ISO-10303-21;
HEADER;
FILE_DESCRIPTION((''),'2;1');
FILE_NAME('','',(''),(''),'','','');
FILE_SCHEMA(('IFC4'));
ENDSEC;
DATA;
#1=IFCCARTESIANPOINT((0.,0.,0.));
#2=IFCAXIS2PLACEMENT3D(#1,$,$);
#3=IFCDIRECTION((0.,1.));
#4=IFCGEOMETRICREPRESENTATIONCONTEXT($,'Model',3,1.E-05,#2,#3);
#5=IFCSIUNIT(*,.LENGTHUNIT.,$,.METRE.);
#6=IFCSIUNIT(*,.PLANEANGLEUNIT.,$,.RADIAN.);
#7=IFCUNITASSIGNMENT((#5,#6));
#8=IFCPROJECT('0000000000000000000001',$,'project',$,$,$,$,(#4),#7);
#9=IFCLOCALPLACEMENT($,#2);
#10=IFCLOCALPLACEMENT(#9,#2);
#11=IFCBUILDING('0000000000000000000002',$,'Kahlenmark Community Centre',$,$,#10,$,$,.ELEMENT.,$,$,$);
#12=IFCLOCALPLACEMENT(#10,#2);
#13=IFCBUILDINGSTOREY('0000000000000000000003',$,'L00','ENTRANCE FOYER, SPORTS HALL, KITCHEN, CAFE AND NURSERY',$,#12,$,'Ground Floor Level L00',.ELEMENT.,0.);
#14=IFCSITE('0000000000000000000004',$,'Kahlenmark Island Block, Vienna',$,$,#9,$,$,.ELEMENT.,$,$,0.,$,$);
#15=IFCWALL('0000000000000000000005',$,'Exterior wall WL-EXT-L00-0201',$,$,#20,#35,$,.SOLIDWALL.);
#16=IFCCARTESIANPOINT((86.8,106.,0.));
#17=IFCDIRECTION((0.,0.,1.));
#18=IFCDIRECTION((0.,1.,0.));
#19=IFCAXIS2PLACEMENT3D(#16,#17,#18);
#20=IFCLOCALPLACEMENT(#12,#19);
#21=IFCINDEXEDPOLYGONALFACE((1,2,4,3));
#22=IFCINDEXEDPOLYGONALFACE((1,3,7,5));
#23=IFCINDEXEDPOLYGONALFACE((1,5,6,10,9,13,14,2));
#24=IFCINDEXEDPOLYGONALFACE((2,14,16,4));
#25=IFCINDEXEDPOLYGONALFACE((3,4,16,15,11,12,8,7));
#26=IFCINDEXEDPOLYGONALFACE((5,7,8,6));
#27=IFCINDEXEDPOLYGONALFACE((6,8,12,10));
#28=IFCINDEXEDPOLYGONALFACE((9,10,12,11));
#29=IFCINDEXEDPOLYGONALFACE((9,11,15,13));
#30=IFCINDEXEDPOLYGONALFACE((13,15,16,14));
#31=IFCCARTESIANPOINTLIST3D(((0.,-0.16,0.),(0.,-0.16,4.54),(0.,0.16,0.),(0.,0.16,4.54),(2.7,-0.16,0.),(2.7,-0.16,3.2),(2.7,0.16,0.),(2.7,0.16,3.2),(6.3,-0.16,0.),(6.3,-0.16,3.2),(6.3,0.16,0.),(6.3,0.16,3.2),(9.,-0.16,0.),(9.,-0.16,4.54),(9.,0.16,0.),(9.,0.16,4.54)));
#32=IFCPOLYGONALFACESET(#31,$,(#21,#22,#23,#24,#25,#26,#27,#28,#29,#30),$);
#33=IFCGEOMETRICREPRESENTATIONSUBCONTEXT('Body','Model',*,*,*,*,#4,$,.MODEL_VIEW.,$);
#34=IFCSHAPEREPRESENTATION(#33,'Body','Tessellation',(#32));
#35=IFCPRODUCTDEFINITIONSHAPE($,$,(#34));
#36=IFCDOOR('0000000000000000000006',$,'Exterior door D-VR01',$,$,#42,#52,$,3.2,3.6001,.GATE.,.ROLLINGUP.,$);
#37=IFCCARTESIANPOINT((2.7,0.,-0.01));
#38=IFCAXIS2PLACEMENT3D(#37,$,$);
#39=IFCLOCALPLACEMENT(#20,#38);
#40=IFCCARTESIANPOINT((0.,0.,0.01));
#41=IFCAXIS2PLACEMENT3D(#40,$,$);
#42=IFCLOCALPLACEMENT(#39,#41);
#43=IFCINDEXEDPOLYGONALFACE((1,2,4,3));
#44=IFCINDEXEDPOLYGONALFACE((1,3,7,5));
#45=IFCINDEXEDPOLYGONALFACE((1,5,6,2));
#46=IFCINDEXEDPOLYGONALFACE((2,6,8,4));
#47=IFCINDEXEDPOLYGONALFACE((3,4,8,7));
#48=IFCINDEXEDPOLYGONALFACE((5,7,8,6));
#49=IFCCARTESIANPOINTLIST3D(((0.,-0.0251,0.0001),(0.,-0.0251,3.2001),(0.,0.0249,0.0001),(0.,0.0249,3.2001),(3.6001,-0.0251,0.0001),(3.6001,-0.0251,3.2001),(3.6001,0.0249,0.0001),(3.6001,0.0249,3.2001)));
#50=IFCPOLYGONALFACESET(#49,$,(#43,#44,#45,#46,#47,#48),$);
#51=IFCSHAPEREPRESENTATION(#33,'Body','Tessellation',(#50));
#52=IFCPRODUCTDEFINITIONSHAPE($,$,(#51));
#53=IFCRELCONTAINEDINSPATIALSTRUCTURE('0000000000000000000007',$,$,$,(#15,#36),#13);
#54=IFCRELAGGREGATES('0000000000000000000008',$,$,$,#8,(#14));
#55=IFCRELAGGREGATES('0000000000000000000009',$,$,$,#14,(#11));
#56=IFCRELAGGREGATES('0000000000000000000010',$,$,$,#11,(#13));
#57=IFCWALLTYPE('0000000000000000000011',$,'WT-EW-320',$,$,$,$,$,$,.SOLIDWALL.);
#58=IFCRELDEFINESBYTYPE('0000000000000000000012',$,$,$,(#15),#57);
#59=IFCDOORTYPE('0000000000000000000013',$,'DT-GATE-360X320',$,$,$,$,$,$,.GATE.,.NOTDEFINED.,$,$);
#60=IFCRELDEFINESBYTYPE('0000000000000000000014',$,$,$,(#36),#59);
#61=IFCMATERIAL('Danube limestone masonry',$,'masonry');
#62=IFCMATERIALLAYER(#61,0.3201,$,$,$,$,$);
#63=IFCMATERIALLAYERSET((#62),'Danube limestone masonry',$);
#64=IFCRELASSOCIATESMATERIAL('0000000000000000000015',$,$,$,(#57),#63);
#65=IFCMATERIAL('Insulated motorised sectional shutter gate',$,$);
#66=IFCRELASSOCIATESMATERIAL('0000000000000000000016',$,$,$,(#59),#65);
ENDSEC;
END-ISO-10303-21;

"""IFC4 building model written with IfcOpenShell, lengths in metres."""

from ifc_helpers import new_model, si_unit, direction, frame, frame_2d, origin, place, context, subcontext, project, spatial, rectangle, extrude, material, layer, layer_set, type_object, element, fill, save


model = new_model("IFC4")

# Units and contexts
model_context = context("Model", 3, precision=1e-05, world=origin(), true_north=direction((0.0, 1.0)))
body_context = subcontext(model_context, "Body", "Model", "MODEL_VIEW")
ifc_project = project(units=[si_unit("LENGTHUNIT", "METRE"), si_unit("PLANEANGLEUNIT", "RADIAN")], contexts=[model_context])

# Site, building, storey
site_placement = place(None, origin())
site = spatial("IfcSite", under=ifc_project, at=site_placement, Name="Kahlenmark Island Block, Vienna", CompositionType="ELEMENT", RefElevation=0.0)
building_placement = place(site_placement, origin())
building = spatial("IfcBuilding", under=site, at=building_placement, Name="Kahlenmark Community Centre", CompositionType="ELEMENT")
storey_placement = place(building_placement, origin())
storey = spatial("IfcBuildingStorey", under=building, at=storey_placement, Name="L00", Description="ENTRANCE FOYER, SPORTS HALL, KITCHEN, CAFE AND NURSERY", LongName="Ground Floor Level L00", CompositionType="ELEMENT", Elevation=0.0)

# Shared definitions
ifc_material_1 = material(Name="Danube limestone masonry", Category="masonry")
ifc_layer = layer(ifc_material_1, 0.3201)
ifc_layer_set = layer_set([ifc_layer], Name="Danube limestone masonry")
wall_type = type_object("IfcWallType", Name="WT-EW-320", PredefinedType="SOLIDWALL", material=ifc_layer_set)

# Wall, opening, door
wall_1_placement = place(storey_placement, frame((86.8, 106.0, 0.0), z_axis=(0.0, 0.0, 1.0), x_axis=(0.0, 1.0, 0.0)))
wall_1 = element("IfcWall", 1, at=wall_1_placement, inside=storey, type_object=wall_type, Name="Exterior wall WL-EXT-L00-0201", PredefinedType="SOLIDWALL", context=body_context, shape_type="SweptSolid", body=[
    extrude(rectangle(XDim=9.0, YDim=0.3201, at=frame_2d((4.5, 0.0))), origin(), (0.0, 0.0, 1.0), 4.54),
])
opening_1_placement = place(wall_1_placement, frame((2.7, 0.0, -0.01)))
opening_1 = element("IfcOpeningElement", 2, at=opening_1_placement, cuts=wall_1, PredefinedType="OPENING", context=body_context, shape_type="SweptSolid", body=[
    extrude(rectangle(XDim=3.6001, YDim=3.21, at=frame_2d((1.8, 1.605))), frame((0.0, 0.1699, 0.0), z_axis=(0.0, -1.0, 0.0), x_axis=(1.0, 0.0, 0.0)), (0.0, 0.0, 1.0), 0.3401),
])
ifc_material_2 = material(Name="Insulated motorised sectional shutter gate")
door_type = type_object("IfcDoorType", Name="DT-GATE-360X320", OperationType="NOTDEFINED", PredefinedType="GATE", material=ifc_material_2)
door_placement = place(opening_1_placement, frame((0.0, 0.0, 0.01)))
door = element("IfcDoor", 3, at=door_placement, inside=storey, type_object=door_type, Name="Exterior door D-VR01", OperationType="ROLLINGUP", OverallHeight=3.2, OverallWidth=3.6001, PredefinedType="GATE", context=body_context, shape_type="SweptSolid", body=[
    extrude(rectangle(XDim=3.6001, YDim=3.2, at=frame_2d((1.8, 1.6001))), frame((0.0, 0.0249, 0.0), z_axis=(0.0, -1.0, 0.0), x_axis=(1.0, 0.0, 0.0)), (0.0, 0.0, 1.0), 0.05),
])
fill(opening_1, door)

save(model, "model.ifc")
